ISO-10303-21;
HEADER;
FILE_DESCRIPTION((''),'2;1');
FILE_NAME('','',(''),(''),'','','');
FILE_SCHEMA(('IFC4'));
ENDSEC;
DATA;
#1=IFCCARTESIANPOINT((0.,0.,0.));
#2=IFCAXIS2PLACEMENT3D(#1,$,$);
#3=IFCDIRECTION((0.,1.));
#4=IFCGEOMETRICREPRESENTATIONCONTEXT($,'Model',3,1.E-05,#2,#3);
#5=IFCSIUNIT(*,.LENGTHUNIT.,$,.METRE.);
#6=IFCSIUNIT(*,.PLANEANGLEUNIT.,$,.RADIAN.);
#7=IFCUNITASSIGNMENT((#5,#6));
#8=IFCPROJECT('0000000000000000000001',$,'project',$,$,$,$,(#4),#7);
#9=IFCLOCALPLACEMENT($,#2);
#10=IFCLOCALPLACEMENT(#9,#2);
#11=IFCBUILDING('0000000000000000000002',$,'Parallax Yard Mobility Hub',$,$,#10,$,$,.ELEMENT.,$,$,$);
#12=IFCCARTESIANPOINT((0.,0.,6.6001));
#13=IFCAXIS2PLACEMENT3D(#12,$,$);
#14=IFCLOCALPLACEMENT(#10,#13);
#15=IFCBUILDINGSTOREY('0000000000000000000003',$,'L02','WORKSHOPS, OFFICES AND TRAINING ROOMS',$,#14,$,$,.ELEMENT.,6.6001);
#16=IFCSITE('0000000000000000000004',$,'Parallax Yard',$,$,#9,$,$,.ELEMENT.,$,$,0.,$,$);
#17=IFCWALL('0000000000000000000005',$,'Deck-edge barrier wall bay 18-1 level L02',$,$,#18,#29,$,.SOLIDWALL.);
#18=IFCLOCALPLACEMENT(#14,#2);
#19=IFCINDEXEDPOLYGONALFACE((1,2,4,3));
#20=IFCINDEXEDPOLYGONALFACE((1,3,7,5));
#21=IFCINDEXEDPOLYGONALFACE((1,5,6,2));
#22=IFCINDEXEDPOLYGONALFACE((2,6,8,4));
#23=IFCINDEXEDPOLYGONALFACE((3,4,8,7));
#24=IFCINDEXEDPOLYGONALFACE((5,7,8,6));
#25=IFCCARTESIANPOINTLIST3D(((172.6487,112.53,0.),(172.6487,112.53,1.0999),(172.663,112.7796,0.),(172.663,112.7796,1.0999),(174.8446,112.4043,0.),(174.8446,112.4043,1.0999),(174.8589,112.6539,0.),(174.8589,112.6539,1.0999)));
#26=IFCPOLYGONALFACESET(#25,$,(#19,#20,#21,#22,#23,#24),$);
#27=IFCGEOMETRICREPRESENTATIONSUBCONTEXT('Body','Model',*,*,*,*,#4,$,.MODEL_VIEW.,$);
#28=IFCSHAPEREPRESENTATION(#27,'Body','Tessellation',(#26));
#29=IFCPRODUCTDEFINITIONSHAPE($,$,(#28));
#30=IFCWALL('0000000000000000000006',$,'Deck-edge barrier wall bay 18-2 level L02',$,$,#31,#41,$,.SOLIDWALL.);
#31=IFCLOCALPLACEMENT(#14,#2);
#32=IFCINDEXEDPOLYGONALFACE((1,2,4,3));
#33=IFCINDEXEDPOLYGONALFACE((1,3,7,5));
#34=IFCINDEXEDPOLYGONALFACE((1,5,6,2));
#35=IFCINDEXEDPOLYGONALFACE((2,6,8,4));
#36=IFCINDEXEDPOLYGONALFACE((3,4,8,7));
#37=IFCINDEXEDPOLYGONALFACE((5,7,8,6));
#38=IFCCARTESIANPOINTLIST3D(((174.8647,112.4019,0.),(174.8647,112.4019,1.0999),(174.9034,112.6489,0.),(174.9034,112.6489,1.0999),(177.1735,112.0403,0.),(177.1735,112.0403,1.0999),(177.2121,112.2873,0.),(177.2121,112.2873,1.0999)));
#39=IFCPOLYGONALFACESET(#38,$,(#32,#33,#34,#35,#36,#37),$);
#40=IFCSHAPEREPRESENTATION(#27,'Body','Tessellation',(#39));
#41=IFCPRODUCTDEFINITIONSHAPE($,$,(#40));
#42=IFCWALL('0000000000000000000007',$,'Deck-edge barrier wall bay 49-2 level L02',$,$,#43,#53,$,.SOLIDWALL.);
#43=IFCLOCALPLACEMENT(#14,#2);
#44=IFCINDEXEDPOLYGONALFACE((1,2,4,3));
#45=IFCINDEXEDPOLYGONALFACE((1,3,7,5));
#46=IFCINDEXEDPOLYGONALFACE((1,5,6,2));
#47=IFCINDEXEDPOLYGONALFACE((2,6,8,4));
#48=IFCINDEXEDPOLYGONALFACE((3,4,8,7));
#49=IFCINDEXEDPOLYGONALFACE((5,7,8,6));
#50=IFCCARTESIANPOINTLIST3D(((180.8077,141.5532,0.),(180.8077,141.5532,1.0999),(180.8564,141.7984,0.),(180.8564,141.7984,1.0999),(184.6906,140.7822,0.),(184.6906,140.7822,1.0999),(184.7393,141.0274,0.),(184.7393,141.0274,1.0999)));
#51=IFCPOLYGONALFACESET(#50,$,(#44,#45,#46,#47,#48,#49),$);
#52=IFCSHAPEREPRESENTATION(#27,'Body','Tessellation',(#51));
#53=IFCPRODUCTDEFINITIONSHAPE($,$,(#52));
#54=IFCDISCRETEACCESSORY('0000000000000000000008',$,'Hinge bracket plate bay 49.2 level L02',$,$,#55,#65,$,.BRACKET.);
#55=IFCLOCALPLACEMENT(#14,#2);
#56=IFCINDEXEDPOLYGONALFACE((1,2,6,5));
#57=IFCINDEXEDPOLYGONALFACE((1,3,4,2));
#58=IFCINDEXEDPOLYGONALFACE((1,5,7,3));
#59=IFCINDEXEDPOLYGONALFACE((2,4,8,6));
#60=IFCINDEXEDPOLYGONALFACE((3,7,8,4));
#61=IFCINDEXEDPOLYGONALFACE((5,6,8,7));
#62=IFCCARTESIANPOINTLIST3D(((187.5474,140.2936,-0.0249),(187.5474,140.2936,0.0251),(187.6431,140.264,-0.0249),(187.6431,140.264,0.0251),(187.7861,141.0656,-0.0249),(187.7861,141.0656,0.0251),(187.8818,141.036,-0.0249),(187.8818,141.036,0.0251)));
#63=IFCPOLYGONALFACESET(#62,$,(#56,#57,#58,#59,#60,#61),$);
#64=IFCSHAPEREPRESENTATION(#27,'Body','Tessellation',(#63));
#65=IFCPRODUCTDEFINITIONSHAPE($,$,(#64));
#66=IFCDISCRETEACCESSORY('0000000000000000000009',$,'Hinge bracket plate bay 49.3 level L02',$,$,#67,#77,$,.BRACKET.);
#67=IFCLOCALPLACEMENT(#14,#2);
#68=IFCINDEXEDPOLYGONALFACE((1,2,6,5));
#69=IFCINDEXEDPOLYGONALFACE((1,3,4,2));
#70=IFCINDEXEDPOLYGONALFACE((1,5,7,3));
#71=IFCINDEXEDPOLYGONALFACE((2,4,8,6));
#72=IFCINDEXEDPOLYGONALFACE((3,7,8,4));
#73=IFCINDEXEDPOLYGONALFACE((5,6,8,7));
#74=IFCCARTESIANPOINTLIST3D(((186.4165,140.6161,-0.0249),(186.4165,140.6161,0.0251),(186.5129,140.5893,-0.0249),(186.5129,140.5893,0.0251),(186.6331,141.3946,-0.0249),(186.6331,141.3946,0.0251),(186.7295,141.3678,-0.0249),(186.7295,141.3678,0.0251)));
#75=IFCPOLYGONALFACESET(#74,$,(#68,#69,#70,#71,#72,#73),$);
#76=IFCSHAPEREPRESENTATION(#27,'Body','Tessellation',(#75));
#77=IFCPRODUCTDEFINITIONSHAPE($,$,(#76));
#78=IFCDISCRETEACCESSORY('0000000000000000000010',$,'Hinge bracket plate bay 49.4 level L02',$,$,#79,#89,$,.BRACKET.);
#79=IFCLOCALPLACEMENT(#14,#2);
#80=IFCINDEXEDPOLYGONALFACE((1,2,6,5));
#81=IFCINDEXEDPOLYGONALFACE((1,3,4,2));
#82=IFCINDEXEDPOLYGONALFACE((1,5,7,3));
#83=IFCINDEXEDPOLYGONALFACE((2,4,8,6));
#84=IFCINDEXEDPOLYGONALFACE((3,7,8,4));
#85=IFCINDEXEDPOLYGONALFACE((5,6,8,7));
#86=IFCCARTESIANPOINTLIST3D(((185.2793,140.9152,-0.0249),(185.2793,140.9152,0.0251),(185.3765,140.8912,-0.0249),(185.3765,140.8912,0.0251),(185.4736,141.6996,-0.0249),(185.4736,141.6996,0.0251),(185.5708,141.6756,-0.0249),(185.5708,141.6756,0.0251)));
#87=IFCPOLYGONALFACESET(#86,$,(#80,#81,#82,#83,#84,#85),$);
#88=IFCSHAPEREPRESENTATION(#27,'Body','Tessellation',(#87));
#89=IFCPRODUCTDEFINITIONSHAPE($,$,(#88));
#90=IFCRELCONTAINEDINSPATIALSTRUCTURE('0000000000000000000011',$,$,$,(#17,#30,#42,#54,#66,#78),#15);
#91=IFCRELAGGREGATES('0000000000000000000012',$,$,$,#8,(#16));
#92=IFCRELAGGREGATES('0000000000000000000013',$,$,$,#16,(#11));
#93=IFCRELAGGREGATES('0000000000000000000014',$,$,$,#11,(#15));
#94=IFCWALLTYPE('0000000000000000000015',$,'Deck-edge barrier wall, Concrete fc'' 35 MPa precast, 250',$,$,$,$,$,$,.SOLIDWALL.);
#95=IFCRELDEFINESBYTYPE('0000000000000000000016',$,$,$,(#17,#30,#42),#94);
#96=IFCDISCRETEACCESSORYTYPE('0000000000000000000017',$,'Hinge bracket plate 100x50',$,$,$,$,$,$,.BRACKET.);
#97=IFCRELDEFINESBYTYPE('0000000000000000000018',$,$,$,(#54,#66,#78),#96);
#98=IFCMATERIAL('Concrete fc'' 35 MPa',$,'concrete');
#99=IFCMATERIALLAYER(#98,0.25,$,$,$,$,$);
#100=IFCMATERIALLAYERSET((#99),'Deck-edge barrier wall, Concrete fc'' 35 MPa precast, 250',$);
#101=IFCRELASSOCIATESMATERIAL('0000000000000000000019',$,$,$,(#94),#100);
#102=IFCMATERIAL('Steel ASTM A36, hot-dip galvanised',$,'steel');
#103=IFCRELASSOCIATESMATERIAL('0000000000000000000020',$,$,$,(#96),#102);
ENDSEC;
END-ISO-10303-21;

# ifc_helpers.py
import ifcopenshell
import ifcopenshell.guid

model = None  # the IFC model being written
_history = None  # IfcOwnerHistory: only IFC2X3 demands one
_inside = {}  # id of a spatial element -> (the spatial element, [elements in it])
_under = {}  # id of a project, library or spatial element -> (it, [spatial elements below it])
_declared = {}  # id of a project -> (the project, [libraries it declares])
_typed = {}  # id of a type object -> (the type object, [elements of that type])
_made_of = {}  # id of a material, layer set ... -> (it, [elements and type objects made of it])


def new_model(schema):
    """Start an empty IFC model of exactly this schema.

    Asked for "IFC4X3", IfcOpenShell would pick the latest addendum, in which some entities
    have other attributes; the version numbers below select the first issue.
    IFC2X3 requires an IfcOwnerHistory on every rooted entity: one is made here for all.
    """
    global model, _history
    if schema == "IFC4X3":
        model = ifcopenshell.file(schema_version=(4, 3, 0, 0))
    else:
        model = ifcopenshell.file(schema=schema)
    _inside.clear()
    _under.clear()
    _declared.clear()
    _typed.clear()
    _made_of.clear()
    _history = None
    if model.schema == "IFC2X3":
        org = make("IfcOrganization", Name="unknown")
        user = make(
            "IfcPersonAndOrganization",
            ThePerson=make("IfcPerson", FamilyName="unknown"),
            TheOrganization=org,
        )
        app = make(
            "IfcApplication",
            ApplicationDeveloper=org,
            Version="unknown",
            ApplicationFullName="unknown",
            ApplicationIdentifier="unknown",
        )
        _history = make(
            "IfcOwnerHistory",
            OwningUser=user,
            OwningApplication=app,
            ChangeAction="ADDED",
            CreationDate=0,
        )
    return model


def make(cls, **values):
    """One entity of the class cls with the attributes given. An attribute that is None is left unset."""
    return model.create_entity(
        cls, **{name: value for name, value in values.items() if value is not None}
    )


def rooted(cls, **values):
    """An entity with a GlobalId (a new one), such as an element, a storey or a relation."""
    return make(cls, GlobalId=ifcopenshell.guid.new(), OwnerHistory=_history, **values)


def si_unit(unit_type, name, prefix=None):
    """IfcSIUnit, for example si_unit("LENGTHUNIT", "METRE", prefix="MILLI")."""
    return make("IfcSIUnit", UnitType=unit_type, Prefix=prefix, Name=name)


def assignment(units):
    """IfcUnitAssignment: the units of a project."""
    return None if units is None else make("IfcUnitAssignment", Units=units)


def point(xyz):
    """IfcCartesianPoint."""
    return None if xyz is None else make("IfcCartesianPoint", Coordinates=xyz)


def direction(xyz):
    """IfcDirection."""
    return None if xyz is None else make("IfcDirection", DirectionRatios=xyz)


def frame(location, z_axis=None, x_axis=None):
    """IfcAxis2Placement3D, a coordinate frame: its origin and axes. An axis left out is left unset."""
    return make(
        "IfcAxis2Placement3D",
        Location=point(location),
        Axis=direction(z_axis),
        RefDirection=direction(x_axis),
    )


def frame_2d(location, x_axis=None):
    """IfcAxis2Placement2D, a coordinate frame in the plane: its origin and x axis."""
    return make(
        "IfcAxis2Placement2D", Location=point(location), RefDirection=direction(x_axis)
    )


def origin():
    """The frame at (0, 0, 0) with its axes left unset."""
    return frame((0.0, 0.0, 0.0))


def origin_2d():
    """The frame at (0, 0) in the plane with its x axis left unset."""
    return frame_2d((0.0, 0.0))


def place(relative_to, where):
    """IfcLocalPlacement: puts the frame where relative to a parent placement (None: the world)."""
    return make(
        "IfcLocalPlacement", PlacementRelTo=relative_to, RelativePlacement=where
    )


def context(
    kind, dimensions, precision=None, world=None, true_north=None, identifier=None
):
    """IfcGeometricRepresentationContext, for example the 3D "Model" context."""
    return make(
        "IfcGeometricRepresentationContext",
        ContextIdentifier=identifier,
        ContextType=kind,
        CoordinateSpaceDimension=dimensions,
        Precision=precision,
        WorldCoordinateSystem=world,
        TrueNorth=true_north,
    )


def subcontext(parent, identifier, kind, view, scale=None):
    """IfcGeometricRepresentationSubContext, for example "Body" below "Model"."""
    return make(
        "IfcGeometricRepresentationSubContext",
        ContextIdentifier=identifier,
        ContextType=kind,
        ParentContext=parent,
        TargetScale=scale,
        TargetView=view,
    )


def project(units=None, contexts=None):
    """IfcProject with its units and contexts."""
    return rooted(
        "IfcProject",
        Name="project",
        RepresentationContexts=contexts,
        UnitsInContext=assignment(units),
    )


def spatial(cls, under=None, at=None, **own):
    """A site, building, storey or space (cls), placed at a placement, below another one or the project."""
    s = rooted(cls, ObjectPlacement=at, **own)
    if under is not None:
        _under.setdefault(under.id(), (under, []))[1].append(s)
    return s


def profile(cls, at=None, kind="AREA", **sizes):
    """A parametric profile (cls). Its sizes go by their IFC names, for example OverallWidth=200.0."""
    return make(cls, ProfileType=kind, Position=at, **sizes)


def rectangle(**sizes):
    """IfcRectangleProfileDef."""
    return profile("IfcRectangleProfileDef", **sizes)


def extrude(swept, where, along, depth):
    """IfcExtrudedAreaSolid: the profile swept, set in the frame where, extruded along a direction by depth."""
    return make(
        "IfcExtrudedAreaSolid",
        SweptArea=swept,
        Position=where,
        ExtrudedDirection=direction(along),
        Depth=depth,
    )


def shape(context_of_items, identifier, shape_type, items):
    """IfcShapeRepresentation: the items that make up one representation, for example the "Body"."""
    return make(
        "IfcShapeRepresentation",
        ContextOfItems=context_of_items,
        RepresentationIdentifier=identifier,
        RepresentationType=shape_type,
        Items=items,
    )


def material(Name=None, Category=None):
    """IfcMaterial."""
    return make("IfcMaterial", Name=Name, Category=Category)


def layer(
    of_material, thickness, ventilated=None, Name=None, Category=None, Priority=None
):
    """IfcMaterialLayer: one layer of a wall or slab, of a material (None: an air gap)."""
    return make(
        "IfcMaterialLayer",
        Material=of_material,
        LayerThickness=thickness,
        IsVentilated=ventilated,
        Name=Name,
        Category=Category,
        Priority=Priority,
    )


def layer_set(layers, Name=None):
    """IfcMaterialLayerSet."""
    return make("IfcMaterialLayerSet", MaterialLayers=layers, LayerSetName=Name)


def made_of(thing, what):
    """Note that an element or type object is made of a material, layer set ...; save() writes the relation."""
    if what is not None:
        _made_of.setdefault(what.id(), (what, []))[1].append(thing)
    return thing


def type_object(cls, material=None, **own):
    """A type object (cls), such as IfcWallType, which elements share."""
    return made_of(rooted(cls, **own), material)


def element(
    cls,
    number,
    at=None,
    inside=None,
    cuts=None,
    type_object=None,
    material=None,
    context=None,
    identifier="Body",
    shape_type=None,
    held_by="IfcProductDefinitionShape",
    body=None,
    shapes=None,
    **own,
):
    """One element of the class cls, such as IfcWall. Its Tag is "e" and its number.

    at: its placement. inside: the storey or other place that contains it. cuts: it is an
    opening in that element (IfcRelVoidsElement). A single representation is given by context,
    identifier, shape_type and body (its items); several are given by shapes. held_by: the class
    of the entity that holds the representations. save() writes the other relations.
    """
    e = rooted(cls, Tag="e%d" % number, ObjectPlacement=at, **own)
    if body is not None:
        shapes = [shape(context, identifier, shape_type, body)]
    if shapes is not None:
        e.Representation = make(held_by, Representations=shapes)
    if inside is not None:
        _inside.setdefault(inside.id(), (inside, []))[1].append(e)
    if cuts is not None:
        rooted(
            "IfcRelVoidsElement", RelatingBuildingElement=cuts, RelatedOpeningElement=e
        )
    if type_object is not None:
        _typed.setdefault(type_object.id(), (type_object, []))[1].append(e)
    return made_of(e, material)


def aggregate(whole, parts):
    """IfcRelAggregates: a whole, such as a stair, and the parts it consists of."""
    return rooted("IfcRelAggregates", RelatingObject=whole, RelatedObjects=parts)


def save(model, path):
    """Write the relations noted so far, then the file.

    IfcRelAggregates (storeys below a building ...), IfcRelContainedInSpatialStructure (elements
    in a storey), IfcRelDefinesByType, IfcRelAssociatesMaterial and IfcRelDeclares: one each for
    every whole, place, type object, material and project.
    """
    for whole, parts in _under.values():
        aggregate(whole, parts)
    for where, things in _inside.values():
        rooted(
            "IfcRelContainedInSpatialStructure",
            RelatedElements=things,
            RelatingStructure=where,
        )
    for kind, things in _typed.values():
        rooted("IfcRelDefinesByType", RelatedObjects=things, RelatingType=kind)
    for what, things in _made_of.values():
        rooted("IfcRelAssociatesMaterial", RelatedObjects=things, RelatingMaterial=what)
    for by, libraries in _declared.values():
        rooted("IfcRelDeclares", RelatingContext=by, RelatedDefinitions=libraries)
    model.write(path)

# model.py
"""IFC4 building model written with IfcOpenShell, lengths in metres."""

from ifc_helpers import new_model, si_unit, direction, frame, frame_2d, origin, origin_2d, place, context, subcontext, project, spatial, rectangle, extrude, material, layer, layer_set, type_object, element, save


model = new_model("IFC4")

# Units and contexts
model_context = context("Model", 3, precision=1e-05, world=origin(), true_north=direction((0.0, 1.0)))
body_context = subcontext(model_context, "Body", "Model", "MODEL_VIEW")
ifc_project = project(units=[si_unit("LENGTHUNIT", "METRE"), si_unit("PLANEANGLEUNIT", "RADIAN")], contexts=[model_context])

# Site, building, storey
site_placement = place(None, origin())
site = spatial("IfcSite", under=ifc_project, at=site_placement, Name="Parallax Yard", CompositionType="ELEMENT", RefElevation=0.0)
building_placement = place(site_placement, origin())
building = spatial("IfcBuilding", under=site, at=building_placement, Name="Parallax Yard Mobility Hub", CompositionType="ELEMENT")
storey_placement = place(building_placement, frame((0.0, 0.0, 6.6001)))
storey = spatial("IfcBuildingStorey", under=building, at=storey_placement, Name="L02", Description="WORKSHOPS, OFFICES AND TRAINING ROOMS", CompositionType="ELEMENT", Elevation=6.6001)

# Walls
ifc_material_1 = material(Name="Concrete fc' 35 MPa", Category="concrete")
ifc_layer = layer(ifc_material_1, 0.25)
ifc_layer_set = layer_set([ifc_layer], Name="Deck-edge barrier wall, Concrete fc' 35 MPa precast, 250")
wall_type = type_object("IfcWallType", Name="Deck-edge barrier wall, Concrete fc' 35 MPa precast, 250", PredefinedType="SOLIDWALL", material=ifc_layer_set)
wall_1_placement = place(storey_placement, frame((172.656, 112.6548, 0.0), z_axis=(0.0, 0.0, 1.0), x_axis=(0.998365, -0.057167, 0.0)))
element("IfcWall", 1, at=wall_1_placement, inside=storey, type_object=wall_type, Name="Deck-edge barrier wall bay 18-1 level L02", PredefinedType="SOLIDWALL", context=body_context, shape_type="SweptSolid", body=[
    extrude(rectangle(XDim=2.1995, YDim=0.25, at=frame_2d((1.0996, 0.0))), origin(), (0.0, 0.0, 1.0), 1.0999),
])
wall_2_placement = place(storey_placement, frame((174.884, 112.5254, 0.0), z_axis=(0.0, 0.0, 1.0), x_axis=(0.987959, -0.154718, 0.0)))
element("IfcWall", 2, at=wall_2_placement, inside=storey, type_object=wall_type, Name="Deck-edge barrier wall bay 18-2 level L02", PredefinedType="SOLIDWALL", context=body_context, shape_type="SweptSolid", body=[
    extrude(rectangle(XDim=2.3369, YDim=0.25, at=frame_2d((1.1685, 0.0))), origin(), (0.0, 0.0, 1.0), 1.0999),
])
wall_3_placement = place(storey_placement, frame((184.7151, 140.9048, 0.0), z_axis=(0.0, 0.0, 1.0), x_axis=(-0.98085, 0.194764, 0.0)))
element("IfcWall", 3, at=wall_3_placement, inside=storey, type_object=wall_type, Name="Deck-edge barrier wall bay 49-2 level L02", PredefinedType="SOLIDWALL", context=body_context, shape_type="SweptSolid", body=[
    extrude(rectangle(XDim=3.9587, YDim=0.25, at=frame_2d((1.9795, 0.0))), origin(), (0.0, 0.0, 1.0), 1.0999),
])

# Discrete accessories
ifc_material_2 = material(Name="Steel ASTM A36, hot-dip galvanised", Category="steel")
discrete_accessory_type = type_object("IfcDiscreteAccessoryType", Name="Hinge bracket plate 100x50", PredefinedType="BRACKET", material=ifc_material_2)
for number, where, z_axis, x_axis, name in (
    (4, (187.7146, 140.6648, -0.0249), (0.0, 0.0, 1.0), (0.295405, 0.955372, 0.0), "Hinge bracket plate bay 49.2 level L02"),
    (5, (186.573, 140.9919, -0.0249), (0.0, 0.0, 1.0), (0.268004, 0.963418, 0.0), "Hinge bracket plate bay 49.3 level L02"),
    (6, (185.425, 141.2954, -0.0249), (0.0, 0.0, 1.0), (0.240382, 0.970678, 0.0), "Hinge bracket plate bay 49.4 level L02"),
):
    element("IfcDiscreteAccessory", number, at=place(storey_placement, frame(where, z_axis=z_axis, x_axis=x_axis)), inside=storey, type_object=discrete_accessory_type, Name=name, PredefinedType="BRACKET", context=body_context, shape_type="SweptSolid", body=[
        extrude(rectangle(XDim=0.8081, YDim=0.1001, at=origin_2d()), origin(), (0.0, 0.0, 1.0), 0.05),
    ])

save(model, "model.ifc")
